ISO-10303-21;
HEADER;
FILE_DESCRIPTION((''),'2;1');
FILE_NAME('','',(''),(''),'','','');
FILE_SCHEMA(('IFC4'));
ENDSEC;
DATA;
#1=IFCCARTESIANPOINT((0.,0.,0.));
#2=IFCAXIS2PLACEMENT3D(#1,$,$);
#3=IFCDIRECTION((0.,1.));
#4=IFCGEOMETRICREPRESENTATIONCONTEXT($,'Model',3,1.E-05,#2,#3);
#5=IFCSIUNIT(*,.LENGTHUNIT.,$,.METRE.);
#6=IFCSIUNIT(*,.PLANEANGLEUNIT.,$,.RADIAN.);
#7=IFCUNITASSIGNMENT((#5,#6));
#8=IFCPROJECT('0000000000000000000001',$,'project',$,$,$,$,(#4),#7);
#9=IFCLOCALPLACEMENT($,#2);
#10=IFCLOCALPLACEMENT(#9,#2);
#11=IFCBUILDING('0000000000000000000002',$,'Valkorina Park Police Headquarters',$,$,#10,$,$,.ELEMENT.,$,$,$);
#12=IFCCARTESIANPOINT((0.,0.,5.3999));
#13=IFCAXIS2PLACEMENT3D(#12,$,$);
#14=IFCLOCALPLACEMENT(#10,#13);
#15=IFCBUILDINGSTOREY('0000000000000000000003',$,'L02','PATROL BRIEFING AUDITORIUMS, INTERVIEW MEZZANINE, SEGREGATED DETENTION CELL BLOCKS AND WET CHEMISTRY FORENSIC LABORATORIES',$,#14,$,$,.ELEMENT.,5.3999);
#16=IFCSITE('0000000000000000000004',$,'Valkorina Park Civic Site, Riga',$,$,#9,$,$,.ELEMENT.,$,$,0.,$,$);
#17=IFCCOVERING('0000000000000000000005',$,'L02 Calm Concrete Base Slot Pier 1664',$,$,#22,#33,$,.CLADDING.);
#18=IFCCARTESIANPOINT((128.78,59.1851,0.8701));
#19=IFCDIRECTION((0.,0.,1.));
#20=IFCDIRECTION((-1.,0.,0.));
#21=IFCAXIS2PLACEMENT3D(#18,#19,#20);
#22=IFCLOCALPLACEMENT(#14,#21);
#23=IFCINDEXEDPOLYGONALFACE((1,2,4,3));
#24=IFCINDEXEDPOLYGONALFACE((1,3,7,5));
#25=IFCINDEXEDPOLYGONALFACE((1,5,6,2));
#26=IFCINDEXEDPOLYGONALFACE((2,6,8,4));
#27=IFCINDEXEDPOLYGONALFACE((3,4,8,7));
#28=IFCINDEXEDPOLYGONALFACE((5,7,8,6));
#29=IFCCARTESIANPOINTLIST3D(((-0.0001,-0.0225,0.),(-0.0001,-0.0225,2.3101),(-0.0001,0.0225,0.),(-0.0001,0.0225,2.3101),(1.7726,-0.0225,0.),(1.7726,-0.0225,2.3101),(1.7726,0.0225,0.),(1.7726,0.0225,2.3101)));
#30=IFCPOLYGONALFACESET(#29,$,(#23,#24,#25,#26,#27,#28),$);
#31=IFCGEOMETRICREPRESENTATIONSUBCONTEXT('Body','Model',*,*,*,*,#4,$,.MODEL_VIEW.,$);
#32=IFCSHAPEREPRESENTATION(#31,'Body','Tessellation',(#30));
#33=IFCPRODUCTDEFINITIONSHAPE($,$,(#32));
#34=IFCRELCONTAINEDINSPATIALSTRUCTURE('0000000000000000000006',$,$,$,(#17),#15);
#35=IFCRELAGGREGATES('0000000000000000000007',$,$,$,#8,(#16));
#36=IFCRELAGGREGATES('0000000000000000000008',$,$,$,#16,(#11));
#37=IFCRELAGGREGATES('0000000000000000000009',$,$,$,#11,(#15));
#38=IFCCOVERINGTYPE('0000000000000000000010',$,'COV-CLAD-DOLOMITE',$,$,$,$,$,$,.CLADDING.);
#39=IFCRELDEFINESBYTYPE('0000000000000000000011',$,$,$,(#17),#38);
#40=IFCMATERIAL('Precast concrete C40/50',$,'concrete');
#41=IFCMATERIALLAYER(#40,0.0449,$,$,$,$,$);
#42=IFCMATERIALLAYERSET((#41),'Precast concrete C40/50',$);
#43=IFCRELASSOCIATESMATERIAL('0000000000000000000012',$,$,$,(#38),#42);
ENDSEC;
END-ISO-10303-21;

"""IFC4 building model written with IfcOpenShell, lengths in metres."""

from ifc_helpers import new_model, si_unit, direction, frame, frame_2d, origin, place, context, subcontext, project, spatial, rectangle, extrude, material, layer, layer_set, type_object, element, save


model = new_model("IFC4")

# Units and contexts
model_context = context("Model", 3, precision=1e-05, world=origin(), true_north=direction((0.0, 1.0)))
body_context = subcontext(model_context, "Body", "Model", "MODEL_VIEW")
ifc_project = project(units=[si_unit("LENGTHUNIT", "METRE"), si_unit("PLANEANGLEUNIT", "RADIAN")], contexts=[model_context])

# Site, building, storey
site_placement = place(None, origin())
site = spatial("IfcSite", under=ifc_project, at=site_placement, Name="Valkorina Park Civic Site, Riga", CompositionType="ELEMENT", RefElevation=0.0)
building_placement = place(site_placement, origin())
building = spatial("IfcBuilding", under=site, at=building_placement, Name="Valkorina Park Police Headquarters", CompositionType="ELEMENT")
storey_placement = place(building_placement, frame((0.0, 0.0, 5.3999)))
storey = spatial("IfcBuildingStorey", under=building, at=storey_placement, Name="L02", Description="PATROL BRIEFING AUDITORIUMS, INTERVIEW MEZZANINE, SEGREGATED DETENTION CELL BLOCKS AND WET CHEMISTRY FORENSIC LABORATORIES", CompositionType="ELEMENT", Elevation=5.3999)

# Covering
ifc_material_1 = material(Name="Precast concrete C40/50", Category="concrete")
ifc_layer = layer(ifc_material_1, 0.0449)
ifc_layer_set = layer_set([ifc_layer], Name="Precast concrete C40/50")
covering_type = type_object("IfcCoveringType", Name="COV-CLAD-DOLOMITE", PredefinedType="CLADDING", material=ifc_layer_set)
covering_1_placement = place(storey_placement, frame((128.78, 59.1851, 0.8701), z_axis=(0.0, 0.0, 1.0), x_axis=(-1.0, 0.0, 0.0)))
element("IfcCovering", 1, at=covering_1_placement, inside=storey, type_object=covering_type, Name="L02 Calm Concrete Base Slot Pier 1664", PredefinedType="CLADDING", context=body_context, shape_type="SweptSolid", body=[
    extrude(rectangle(XDim=1.7727, YDim=0.0449, at=frame_2d((0.8862, 0.0))), origin(), (0.0, 0.0, 1.0), 2.3101),
])

save(model, "model.ifc")
